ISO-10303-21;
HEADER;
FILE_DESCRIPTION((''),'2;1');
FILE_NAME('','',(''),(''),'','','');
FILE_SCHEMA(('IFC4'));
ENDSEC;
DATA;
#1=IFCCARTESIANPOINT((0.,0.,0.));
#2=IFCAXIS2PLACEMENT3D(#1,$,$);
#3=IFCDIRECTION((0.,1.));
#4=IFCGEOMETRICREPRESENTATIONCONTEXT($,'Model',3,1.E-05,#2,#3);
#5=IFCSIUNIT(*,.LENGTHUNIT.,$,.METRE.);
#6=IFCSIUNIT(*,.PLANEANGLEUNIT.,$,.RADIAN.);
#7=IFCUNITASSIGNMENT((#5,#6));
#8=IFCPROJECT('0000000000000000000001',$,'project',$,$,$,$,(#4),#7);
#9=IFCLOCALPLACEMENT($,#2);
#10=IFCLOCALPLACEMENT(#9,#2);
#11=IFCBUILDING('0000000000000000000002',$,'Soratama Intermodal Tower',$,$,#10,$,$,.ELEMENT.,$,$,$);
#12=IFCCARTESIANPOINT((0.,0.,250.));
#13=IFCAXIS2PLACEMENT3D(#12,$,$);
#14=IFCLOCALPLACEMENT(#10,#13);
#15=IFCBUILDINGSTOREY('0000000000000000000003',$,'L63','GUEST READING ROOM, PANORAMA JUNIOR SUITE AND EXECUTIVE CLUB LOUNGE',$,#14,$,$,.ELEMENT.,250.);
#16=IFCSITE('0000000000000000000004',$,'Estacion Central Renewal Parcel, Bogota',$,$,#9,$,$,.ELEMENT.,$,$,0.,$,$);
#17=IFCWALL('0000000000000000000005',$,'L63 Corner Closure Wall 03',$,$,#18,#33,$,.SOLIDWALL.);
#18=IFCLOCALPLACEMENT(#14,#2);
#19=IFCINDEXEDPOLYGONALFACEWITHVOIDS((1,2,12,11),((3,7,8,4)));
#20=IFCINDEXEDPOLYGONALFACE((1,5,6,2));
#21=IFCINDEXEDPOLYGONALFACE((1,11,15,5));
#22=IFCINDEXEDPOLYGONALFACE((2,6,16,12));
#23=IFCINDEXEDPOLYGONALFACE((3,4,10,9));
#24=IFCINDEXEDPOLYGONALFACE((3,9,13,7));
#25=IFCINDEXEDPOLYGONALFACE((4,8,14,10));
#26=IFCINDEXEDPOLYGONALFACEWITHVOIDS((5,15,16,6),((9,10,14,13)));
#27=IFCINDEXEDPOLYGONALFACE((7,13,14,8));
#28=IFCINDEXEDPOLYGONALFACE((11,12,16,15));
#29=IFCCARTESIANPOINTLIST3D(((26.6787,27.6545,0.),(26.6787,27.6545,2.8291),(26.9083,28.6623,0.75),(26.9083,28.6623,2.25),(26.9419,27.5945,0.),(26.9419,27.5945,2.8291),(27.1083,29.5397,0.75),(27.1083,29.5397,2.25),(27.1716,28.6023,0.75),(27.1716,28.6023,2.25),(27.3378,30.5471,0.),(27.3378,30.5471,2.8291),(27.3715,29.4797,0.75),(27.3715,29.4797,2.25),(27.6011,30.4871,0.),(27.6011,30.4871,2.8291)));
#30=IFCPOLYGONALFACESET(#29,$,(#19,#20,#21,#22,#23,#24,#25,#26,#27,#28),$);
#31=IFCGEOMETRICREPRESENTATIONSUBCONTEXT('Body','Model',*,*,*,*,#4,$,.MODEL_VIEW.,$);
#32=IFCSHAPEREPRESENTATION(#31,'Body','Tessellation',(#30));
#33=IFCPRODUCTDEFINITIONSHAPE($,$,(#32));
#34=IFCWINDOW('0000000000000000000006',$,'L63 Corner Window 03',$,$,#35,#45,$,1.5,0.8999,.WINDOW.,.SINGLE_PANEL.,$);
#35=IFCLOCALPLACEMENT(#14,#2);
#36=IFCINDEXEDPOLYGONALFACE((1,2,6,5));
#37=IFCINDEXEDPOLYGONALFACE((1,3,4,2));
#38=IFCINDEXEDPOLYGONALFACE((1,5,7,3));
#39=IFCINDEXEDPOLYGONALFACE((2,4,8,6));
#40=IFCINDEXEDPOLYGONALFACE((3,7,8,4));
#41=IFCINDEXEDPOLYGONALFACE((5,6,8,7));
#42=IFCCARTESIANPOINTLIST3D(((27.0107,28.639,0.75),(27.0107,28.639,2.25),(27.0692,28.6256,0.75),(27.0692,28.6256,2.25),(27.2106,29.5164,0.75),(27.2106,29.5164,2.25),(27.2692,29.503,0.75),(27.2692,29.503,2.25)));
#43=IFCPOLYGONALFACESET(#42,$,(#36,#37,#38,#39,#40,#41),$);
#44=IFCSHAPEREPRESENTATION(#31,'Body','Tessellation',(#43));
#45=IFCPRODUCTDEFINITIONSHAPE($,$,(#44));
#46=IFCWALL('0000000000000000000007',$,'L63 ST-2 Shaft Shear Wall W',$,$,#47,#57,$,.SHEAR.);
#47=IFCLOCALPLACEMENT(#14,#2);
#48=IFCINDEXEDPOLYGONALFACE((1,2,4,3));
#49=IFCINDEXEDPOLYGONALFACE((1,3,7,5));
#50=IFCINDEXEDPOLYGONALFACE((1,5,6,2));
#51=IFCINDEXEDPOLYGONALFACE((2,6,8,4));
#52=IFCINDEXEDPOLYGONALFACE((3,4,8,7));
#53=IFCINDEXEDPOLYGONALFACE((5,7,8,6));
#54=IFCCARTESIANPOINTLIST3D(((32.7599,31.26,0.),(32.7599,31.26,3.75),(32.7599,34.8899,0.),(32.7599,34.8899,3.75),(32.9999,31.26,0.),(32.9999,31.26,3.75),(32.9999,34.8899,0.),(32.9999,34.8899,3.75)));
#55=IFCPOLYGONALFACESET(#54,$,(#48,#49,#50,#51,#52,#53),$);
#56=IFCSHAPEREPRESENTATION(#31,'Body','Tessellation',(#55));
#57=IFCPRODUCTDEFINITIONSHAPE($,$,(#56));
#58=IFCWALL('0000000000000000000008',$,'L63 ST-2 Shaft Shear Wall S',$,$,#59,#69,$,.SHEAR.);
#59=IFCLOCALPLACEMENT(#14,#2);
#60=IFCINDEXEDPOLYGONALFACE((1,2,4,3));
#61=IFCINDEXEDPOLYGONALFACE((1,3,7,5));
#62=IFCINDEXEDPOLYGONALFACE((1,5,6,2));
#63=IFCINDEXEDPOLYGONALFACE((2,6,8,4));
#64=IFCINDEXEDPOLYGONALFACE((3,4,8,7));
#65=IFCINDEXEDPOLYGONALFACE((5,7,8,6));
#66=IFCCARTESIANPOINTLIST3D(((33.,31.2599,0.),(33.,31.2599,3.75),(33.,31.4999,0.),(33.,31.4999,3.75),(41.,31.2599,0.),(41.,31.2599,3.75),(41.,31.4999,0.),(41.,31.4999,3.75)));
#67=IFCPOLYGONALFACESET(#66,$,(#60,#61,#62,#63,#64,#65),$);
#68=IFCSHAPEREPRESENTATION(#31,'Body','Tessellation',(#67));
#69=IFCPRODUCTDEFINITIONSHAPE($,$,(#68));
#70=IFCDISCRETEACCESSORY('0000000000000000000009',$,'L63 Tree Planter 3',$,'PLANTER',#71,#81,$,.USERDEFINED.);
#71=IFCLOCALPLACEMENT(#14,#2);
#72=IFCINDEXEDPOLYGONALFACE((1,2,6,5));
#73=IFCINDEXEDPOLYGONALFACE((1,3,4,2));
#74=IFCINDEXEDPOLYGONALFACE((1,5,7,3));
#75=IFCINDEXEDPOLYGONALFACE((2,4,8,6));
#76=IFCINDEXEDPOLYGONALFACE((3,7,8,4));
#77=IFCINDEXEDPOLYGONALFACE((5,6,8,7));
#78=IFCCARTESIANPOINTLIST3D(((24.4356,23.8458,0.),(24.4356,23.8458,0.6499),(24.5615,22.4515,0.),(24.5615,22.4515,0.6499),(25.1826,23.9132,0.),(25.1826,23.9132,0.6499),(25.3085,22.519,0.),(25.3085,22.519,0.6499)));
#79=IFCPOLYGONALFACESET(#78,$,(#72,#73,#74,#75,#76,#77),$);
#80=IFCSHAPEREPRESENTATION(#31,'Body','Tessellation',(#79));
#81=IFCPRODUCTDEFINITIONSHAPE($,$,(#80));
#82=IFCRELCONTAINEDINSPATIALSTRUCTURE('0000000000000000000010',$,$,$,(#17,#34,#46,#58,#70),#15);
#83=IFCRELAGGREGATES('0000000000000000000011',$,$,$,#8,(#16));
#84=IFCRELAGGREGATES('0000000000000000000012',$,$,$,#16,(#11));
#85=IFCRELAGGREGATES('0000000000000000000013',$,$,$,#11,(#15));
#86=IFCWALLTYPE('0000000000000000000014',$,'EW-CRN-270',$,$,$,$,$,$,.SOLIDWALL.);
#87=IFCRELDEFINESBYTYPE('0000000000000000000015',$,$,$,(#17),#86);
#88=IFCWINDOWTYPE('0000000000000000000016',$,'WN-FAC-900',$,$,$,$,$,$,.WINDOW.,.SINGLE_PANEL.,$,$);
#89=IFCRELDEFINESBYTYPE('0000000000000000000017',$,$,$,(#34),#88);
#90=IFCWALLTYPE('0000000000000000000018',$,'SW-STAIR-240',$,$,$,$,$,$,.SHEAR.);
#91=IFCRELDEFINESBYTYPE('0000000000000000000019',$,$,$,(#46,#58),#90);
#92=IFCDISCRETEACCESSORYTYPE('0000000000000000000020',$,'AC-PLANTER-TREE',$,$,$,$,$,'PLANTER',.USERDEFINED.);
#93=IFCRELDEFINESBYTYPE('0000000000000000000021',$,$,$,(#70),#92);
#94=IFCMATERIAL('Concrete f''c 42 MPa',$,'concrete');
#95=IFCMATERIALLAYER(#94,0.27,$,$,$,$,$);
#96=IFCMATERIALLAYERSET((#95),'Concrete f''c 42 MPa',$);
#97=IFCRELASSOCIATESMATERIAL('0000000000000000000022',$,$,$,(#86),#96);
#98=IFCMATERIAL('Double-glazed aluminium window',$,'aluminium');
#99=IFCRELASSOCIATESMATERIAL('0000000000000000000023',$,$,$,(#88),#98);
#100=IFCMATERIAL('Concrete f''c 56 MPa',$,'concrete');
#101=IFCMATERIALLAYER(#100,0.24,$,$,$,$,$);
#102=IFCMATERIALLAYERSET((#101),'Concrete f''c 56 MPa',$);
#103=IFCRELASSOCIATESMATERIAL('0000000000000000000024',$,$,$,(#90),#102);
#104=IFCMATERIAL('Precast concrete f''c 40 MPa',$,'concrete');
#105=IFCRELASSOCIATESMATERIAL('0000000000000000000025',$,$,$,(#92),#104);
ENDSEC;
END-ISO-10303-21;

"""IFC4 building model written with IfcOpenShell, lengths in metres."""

from ifc_helpers import new_model, si_unit, direction, frame, frame_2d, origin, origin_2d, place, context, subcontext, project, spatial, rectangle, extrude, material, layer, layer_set, type_object, element, fill, save


model = new_model("IFC4")

# Units and contexts
model_context = context("Model", 3, precision=1e-05, world=origin(), true_north=direction((0.0, 1.0)))
body_context = subcontext(model_context, "Body", "Model", "MODEL_VIEW")
ifc_project = project(units=[si_unit("LENGTHUNIT", "METRE"), si_unit("PLANEANGLEUNIT", "RADIAN")], contexts=[model_context])

# Site, building, storey
site_placement = place(None, origin())
site = spatial("IfcSite", under=ifc_project, at=site_placement, Name="Estacion Central Renewal Parcel, Bogota", CompositionType="ELEMENT", RefElevation=0.0)
building_placement = place(site_placement, origin())
building = spatial("IfcBuilding", under=site, at=building_placement, Name="Soratama Intermodal Tower", CompositionType="ELEMENT")
storey_placement = place(building_placement, frame((0.0, 0.0, 250.0)))
storey = spatial("IfcBuildingStorey", under=building, at=storey_placement, Name="L63", Description="GUEST READING ROOM, PANORAMA JUNIOR SUITE AND EXECUTIVE CLUB LOUNGE", CompositionType="ELEMENT", Elevation=250.0)

# Wall, opening, window
ifc_material_1 = material(Name="Concrete f'c 42 MPa", Category="concrete")
ifc_layer_1 = layer(ifc_material_1, 0.27)
ifc_layer_set_1 = layer_set([ifc_layer_1], Name="Concrete f'c 42 MPa")
wall_type_1 = type_object("IfcWallType", Name="EW-CRN-270", PredefinedType="SOLIDWALL", material=ifc_layer_set_1)
wall_1_placement = place(storey_placement, frame((27.4695, 30.5171, 0.0), z_axis=(0.0, 0.0, 1.0), x_axis=(-0.22219, -0.975003, 0.0)))
wall_1 = element("IfcWall", 1, at=wall_1_placement, inside=storey, type_object=wall_type_1, Name="L63 Corner Closure Wall 03", PredefinedType="SOLIDWALL", context=body_context, shape_type="SweptSolid", body=[
    extrude(rectangle(XDim=2.9668, YDim=0.27, at=frame_2d((1.4834, 0.0))), origin(), (0.0, 0.0, 1.0), 2.8291),
])
opening_1_placement = place(wall_1_placement, frame((1.0332, 0.0, 0.75)))
opening_1 = element("IfcOpeningElement", 2, at=opening_1_placement, cuts=wall_1, PredefinedType="OPENING", context=body_context, shape_type="SweptSolid", body=[
    extrude(rectangle(XDim=0.8999, YDim=1.5, at=frame_2d((0.45, 0.75))), frame((0.0, 0.145, 0.0), z_axis=(0.0, -1.0, 0.0), x_axis=(1.0, 0.0, 0.0)), (0.0, 0.0, 1.0), 0.29),
])
ifc_material_2 = material(Name="Double-glazed aluminium window", Category="aluminium")
window_type_1 = type_object("IfcWindowType", Name="WN-FAC-900", PartitioningType="SINGLE_PANEL", PredefinedType="WINDOW", material=ifc_material_2)
window_1_placement = place(opening_1_placement, origin())
window_1 = element("IfcWindow", 3, at=window_1_placement, inside=storey, type_object=window_type_1, Name="L63 Corner Window 03", OverallHeight=1.5, OverallWidth=0.8999, PartitioningType="SINGLE_PANEL", PredefinedType="WINDOW", context=body_context, shape_type="SweptSolid", body=[
    extrude(rectangle(XDim=0.8999, YDim=1.5, at=frame_2d((0.45, 0.75))), frame((0.0, 0.03, 0.0), z_axis=(0.0, -1.0, 0.0), x_axis=(1.0, 0.0, 0.0)), (0.0, 0.0, 1.0), 0.0601),
])
fill(opening_1, window_1)

# Walls
ifc_material_3 = material(Name="Concrete f'c 56 MPa", Category="concrete")
ifc_layer_2 = layer(ifc_material_3, 0.24)
ifc_layer_set_2 = layer_set([ifc_layer_2], Name="Concrete f'c 56 MPa")
wall_type_2 = type_object("IfcWallType", Name="SW-STAIR-240", PredefinedType="SHEAR", material=ifc_layer_set_2)
wall_2_placement = place(storey_placement, frame((32.8799, 31.26, 0.0), z_axis=(0.0, 0.0, 1.0), x_axis=(0.0, 1.0, 0.0)))
element("IfcWall", 4, at=wall_2_placement, inside=storey, type_object=wall_type_2, Name="L63 ST-2 Shaft Shear Wall W", PredefinedType="SHEAR", context=body_context, shape_type="SweptSolid", body=[
    extrude(rectangle(XDim=3.6299, YDim=0.24, at=frame_2d((1.8149, 0.0))), origin(), (0.0, 0.0, 1.0), 3.75),
])
wall_3_placement = place(storey_placement, frame((33.0, 31.3799, 0.0), z_axis=(0.0, 0.0, 1.0), x_axis=(1.0, 0.0, 0.0)))
element("IfcWall", 5, at=wall_3_placement, inside=storey, type_object=wall_type_2, Name="L63 ST-2 Shaft Shear Wall S", PredefinedType="SHEAR", context=body_context, shape_type="SweptSolid", body=[
    extrude(rectangle(XDim=8.0, YDim=0.24, at=frame_2d((4.0, 0.0))), origin(), (0.0, 0.0, 1.0), 3.75),
])

# Discrete accessory
ifc_material_4 = material(Name="Precast concrete f'c 40 MPa", Category="concrete")
discrete_accessory_type = type_object("IfcDiscreteAccessoryType", Name="AC-PLANTER-TREE", ElementType="PLANTER", PredefinedType="USERDEFINED", material=ifc_material_4)
discrete_accessory_placement = place(storey_placement, frame((24.8721, 23.1824, 0.0), z_axis=(0.0, 0.0, 1.0), x_axis=(-0.995947, -0.089937, 0.0)))
element("IfcDiscreteAccessory", 6, at=discrete_accessory_placement, inside=storey, type_object=discrete_accessory_type, Name="L63 Tree Planter 3", ObjectType="PLANTER", PredefinedType="USERDEFINED", context=body_context, shape_type="SweptSolid", body=[
    extrude(rectangle(XDim=0.75, YDim=1.3999, at=origin_2d()), origin(), (0.0, 0.0, 1.0), 0.6499),
])

save(model, "model.ifc")
